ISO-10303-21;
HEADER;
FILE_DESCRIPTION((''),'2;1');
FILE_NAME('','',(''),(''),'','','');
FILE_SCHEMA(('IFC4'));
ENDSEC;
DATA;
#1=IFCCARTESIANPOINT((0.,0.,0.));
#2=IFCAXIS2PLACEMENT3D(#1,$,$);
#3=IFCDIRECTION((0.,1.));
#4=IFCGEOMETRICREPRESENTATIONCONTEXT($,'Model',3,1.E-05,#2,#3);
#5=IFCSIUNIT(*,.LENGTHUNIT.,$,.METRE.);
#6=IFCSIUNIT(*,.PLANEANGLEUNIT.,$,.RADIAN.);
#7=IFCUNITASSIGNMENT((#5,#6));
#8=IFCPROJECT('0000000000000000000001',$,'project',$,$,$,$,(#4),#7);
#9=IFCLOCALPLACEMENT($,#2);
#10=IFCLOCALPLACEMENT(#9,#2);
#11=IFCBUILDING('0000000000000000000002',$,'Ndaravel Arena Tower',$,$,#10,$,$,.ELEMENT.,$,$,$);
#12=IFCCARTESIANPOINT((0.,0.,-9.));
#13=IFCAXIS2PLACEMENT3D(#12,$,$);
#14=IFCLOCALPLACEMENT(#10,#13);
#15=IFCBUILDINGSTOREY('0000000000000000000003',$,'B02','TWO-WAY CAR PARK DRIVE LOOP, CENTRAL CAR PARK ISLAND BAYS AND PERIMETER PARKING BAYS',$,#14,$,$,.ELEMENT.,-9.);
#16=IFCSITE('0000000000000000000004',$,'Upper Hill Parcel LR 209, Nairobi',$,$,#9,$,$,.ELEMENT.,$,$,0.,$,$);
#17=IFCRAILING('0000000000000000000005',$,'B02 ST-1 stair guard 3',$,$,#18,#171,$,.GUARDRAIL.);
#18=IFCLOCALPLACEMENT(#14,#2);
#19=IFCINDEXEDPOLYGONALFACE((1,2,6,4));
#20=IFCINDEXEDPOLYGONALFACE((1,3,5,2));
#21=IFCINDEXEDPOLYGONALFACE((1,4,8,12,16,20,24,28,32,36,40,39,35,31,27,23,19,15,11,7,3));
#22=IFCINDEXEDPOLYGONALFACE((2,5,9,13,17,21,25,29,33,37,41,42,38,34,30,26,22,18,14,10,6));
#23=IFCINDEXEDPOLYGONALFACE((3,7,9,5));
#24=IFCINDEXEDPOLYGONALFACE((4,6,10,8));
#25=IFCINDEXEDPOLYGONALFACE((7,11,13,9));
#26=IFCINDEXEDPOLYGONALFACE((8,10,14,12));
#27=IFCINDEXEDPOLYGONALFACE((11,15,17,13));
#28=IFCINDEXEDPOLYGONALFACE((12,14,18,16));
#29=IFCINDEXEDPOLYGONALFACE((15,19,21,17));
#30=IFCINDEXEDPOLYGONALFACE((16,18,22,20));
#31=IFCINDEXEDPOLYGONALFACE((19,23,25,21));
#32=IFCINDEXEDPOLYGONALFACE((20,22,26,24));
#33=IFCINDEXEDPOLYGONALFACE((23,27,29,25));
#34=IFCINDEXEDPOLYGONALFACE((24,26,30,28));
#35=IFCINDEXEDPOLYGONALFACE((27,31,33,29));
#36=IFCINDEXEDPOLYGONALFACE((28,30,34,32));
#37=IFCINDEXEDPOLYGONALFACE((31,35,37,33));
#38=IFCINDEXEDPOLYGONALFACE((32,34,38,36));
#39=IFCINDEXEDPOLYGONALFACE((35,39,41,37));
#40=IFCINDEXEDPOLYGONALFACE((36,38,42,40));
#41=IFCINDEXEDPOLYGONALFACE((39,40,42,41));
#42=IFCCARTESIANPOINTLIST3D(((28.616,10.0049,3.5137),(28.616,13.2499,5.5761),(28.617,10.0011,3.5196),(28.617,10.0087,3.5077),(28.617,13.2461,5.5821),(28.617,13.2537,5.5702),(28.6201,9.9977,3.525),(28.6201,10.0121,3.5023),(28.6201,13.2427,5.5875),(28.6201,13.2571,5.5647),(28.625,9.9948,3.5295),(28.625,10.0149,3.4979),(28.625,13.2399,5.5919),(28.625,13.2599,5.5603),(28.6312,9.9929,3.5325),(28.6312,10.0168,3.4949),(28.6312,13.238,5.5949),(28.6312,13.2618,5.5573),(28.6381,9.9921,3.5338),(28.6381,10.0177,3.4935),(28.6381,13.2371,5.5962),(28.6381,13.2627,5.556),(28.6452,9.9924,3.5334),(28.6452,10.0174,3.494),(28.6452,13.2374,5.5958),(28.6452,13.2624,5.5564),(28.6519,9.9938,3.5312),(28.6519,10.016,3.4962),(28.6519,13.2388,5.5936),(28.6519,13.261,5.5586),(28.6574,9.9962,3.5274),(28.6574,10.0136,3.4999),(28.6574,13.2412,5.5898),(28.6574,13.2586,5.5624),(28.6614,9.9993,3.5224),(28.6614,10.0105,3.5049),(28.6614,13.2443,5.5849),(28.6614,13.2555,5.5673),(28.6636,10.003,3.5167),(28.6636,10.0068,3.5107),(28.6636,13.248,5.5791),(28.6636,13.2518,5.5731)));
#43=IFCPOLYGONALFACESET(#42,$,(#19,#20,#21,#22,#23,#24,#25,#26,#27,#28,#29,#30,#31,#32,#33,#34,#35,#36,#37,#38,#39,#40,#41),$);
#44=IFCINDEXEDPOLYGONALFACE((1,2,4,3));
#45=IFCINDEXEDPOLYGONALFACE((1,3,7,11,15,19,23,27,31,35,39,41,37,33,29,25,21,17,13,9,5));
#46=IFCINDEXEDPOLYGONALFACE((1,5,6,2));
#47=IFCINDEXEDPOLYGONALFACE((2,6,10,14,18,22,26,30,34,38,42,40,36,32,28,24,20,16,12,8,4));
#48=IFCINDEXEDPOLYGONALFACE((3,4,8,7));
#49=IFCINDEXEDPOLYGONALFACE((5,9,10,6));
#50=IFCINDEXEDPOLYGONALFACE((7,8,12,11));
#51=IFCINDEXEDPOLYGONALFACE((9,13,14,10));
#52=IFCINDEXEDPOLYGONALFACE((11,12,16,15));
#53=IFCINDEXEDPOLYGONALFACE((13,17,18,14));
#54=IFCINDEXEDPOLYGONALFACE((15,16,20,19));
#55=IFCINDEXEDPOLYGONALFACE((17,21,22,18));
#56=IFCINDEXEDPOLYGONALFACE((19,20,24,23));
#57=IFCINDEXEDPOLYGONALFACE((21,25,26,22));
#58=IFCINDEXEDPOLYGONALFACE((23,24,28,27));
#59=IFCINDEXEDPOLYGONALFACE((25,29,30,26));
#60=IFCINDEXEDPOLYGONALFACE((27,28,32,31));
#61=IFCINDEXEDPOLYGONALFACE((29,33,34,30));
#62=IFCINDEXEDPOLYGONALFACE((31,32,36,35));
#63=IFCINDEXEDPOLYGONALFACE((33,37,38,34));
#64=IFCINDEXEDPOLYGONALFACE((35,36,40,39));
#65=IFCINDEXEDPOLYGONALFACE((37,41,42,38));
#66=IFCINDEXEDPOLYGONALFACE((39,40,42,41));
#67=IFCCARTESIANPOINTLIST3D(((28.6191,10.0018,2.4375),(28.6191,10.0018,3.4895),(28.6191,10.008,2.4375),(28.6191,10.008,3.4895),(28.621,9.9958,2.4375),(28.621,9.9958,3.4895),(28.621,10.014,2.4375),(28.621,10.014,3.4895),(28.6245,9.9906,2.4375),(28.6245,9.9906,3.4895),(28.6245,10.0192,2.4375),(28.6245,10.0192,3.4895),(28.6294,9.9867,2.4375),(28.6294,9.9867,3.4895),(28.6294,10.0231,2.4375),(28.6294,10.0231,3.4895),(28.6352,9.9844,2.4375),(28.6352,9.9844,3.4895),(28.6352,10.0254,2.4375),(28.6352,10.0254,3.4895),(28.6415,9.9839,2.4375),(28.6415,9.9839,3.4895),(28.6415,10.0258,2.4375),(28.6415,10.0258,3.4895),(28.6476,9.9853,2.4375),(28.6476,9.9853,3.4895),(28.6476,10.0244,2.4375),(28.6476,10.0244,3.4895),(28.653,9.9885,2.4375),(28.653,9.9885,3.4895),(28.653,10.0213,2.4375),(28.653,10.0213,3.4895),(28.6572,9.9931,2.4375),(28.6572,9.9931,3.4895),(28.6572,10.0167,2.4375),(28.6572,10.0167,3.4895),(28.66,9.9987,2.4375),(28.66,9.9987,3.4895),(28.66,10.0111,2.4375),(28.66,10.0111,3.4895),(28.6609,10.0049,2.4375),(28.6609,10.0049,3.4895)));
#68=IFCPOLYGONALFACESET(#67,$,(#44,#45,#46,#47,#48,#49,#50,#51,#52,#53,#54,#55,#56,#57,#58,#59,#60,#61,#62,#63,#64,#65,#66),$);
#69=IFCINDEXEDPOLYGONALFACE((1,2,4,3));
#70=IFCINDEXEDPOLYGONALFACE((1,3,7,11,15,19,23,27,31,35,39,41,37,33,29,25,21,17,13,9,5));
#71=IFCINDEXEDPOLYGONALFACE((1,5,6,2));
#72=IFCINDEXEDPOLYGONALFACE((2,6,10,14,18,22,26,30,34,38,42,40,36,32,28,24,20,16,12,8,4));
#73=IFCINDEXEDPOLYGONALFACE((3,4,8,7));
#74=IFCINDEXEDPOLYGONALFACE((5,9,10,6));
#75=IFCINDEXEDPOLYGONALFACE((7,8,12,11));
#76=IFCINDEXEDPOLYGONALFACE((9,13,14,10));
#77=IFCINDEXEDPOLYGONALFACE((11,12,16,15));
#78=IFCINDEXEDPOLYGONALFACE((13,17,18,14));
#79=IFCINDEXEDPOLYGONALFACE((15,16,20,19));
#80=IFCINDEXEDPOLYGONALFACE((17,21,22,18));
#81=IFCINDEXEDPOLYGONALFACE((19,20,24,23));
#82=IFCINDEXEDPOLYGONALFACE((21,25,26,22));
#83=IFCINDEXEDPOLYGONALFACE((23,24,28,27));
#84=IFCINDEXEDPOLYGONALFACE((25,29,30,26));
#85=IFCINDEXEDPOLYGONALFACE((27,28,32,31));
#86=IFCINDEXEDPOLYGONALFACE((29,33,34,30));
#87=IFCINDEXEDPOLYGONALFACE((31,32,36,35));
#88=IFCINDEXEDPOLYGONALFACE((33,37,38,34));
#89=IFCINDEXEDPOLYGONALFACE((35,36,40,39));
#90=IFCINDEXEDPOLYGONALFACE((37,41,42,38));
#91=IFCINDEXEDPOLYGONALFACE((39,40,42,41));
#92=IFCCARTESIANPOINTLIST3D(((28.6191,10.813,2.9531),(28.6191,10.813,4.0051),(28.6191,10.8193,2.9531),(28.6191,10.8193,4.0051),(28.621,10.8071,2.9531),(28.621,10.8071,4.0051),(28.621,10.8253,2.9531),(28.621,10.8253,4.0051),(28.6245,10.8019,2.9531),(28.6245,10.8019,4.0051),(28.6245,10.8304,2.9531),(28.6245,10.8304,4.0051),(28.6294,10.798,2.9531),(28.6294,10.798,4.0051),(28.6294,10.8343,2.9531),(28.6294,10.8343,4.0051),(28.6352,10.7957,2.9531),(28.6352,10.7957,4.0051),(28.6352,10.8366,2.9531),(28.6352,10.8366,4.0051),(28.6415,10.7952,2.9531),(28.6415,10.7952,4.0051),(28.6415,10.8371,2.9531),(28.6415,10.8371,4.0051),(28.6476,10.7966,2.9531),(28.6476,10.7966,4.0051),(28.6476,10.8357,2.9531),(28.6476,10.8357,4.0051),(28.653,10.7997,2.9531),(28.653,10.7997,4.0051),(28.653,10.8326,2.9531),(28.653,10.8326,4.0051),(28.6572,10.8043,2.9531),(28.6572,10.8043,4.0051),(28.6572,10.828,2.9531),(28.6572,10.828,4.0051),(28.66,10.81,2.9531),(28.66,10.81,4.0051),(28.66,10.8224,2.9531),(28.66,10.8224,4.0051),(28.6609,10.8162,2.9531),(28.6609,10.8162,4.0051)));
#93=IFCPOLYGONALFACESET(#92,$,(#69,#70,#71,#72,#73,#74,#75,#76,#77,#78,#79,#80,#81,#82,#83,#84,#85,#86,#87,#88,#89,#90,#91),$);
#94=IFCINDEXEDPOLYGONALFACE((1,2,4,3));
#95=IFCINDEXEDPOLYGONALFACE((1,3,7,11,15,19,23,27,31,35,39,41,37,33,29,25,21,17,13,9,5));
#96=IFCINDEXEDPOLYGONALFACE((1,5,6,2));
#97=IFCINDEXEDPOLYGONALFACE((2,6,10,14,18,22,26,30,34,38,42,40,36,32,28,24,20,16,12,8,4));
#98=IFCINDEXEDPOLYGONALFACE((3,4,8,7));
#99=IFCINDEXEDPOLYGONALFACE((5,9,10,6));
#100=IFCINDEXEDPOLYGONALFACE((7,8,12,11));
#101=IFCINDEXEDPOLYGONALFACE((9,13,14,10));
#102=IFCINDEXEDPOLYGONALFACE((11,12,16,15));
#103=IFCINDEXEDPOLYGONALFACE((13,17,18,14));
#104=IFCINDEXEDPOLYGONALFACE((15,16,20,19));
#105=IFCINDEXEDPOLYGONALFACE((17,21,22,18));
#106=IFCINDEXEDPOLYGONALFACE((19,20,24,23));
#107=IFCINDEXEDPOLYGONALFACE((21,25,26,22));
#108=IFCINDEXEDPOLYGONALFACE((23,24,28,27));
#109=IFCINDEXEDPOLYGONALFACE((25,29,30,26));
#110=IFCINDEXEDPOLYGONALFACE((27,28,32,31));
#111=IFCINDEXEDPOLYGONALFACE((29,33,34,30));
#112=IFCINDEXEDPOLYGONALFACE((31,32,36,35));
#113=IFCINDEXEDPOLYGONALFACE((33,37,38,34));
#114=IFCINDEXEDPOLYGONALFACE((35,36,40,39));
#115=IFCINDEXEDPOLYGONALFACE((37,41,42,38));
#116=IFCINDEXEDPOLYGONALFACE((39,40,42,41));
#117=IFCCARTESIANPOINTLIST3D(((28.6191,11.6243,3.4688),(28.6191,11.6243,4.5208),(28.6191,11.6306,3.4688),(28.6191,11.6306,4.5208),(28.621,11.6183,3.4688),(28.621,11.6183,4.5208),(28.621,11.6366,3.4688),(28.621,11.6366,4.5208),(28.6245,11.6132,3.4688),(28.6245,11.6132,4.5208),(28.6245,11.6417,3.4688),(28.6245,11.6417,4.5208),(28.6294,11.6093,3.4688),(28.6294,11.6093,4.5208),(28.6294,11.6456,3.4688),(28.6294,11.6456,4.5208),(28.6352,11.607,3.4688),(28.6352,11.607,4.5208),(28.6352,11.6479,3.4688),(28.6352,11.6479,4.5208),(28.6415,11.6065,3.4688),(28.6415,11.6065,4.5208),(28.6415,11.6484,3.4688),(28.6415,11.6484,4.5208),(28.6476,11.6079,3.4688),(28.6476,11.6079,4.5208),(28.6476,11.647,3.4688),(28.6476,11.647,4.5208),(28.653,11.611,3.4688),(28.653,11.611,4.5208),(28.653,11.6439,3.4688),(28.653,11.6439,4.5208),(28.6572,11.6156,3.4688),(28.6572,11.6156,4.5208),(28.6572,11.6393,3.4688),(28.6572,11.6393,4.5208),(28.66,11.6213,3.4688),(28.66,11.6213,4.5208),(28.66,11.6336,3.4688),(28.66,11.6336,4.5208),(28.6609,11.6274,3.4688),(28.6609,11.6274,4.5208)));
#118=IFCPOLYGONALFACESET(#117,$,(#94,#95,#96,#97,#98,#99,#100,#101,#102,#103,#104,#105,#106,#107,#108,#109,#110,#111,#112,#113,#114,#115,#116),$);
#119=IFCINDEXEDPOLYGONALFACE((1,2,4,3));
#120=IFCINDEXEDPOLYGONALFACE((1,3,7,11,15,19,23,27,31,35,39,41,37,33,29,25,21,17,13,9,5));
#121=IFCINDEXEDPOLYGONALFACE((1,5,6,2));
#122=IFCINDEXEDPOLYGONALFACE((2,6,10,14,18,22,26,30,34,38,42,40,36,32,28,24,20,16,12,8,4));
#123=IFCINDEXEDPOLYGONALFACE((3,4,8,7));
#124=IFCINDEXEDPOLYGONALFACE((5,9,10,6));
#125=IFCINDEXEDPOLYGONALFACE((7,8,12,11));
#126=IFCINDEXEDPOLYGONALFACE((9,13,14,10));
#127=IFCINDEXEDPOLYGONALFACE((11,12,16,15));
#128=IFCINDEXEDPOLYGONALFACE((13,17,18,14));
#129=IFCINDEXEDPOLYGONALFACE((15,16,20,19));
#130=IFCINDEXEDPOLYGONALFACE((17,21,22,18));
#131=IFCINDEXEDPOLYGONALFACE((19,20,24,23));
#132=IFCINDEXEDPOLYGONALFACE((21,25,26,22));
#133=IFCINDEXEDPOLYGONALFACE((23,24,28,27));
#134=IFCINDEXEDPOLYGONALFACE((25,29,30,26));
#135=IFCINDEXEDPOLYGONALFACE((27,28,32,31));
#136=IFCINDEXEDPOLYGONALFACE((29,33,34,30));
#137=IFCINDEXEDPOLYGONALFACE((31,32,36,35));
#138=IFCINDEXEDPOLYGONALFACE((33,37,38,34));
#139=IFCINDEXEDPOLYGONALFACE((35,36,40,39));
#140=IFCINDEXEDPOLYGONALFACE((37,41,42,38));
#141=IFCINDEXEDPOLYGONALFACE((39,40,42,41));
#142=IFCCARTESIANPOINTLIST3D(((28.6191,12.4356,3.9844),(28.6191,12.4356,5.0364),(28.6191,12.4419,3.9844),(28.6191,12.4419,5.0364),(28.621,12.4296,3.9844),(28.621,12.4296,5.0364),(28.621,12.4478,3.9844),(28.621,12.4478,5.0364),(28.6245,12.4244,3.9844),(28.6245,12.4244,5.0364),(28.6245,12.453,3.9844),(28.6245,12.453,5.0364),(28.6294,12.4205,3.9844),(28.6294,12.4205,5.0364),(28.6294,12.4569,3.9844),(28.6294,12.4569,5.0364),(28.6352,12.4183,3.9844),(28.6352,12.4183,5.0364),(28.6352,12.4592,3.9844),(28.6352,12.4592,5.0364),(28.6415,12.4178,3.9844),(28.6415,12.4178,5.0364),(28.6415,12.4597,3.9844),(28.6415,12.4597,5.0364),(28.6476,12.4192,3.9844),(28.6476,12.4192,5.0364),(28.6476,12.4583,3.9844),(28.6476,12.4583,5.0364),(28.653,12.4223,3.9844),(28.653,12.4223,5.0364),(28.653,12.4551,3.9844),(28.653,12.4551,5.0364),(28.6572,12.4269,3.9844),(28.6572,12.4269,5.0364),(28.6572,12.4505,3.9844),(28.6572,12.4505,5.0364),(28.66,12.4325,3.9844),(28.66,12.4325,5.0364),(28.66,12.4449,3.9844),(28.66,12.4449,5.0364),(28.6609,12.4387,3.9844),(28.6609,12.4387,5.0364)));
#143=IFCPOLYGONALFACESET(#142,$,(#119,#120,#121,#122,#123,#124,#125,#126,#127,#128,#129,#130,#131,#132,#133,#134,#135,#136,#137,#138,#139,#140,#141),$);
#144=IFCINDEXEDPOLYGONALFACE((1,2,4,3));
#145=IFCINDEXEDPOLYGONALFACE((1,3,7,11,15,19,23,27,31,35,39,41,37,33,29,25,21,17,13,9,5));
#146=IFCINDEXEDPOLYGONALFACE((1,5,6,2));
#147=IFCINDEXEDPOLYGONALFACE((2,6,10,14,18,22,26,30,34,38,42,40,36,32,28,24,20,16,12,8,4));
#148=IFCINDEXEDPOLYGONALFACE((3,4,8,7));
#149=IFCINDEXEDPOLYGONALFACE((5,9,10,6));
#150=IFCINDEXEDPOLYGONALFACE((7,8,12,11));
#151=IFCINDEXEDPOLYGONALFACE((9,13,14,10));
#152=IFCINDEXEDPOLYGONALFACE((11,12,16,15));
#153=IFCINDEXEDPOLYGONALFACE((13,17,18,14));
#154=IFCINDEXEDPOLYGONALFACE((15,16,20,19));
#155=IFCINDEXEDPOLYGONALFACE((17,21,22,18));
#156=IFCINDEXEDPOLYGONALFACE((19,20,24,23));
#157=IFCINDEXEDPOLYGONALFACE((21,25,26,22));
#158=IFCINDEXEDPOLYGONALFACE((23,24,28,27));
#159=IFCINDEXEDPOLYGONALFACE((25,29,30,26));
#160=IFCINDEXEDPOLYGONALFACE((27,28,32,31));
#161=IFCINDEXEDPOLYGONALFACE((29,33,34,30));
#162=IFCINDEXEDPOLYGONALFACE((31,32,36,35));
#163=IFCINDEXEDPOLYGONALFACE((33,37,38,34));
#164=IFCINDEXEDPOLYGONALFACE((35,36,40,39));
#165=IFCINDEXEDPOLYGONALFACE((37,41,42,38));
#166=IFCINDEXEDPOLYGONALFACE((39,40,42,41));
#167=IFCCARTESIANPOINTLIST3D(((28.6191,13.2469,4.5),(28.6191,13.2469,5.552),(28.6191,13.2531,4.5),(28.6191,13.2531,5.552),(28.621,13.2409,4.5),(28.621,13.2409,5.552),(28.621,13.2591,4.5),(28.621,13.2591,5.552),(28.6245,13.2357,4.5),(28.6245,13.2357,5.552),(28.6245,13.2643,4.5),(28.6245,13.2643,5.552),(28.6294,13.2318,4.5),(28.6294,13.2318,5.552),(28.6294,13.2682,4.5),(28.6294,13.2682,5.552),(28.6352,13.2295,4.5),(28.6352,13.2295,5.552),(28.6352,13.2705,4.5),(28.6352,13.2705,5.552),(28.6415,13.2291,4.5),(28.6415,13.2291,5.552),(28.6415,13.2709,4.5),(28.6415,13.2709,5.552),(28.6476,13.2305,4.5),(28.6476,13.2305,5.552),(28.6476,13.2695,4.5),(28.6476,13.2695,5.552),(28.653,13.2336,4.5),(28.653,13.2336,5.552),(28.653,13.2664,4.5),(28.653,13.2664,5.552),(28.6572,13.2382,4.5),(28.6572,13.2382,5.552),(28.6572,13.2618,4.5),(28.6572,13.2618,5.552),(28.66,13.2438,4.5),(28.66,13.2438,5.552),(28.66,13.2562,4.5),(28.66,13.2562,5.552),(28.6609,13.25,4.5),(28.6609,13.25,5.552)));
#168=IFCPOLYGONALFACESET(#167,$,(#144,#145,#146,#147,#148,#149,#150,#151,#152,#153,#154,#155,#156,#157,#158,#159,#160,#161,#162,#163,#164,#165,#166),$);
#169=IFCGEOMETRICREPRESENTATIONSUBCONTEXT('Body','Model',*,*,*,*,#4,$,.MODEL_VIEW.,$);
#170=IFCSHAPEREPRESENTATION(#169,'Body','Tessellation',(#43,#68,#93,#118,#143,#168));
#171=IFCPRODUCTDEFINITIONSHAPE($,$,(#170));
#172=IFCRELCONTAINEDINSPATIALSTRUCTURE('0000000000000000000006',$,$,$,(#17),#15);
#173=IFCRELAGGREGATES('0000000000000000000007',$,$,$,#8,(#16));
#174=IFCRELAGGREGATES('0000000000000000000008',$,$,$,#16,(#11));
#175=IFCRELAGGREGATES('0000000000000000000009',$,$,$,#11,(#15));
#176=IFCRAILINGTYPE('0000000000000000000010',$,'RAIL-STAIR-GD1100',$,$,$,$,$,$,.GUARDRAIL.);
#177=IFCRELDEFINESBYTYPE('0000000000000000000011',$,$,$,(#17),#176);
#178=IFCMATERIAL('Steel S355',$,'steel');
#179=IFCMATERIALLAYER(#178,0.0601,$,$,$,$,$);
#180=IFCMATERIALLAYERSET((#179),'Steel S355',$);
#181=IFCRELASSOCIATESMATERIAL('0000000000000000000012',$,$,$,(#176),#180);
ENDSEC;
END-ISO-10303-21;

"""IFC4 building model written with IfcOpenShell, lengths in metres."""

from ifc_helpers import new_model, si_unit, direction, frame, origin, origin_2d, place, context, subcontext, project, spatial, circle, extrude, material, layer, layer_set, type_object, element, save


model = new_model("IFC4")

# Units and contexts
model_context = context("Model", 3, precision=1e-05, world=origin(), true_north=direction((0.0, 1.0)))
body_context = subcontext(model_context, "Body", "Model", "MODEL_VIEW")
ifc_project = project(units=[si_unit("LENGTHUNIT", "METRE"), si_unit("PLANEANGLEUNIT", "RADIAN")], contexts=[model_context])

# Site, building, storey
site_placement = place(None, origin())
site = spatial("IfcSite", under=ifc_project, at=site_placement, Name="Upper Hill Parcel LR 209, Nairobi", CompositionType="ELEMENT", RefElevation=0.0)
building_placement = place(site_placement, origin())
building = spatial("IfcBuilding", under=site, at=building_placement, Name="Ndaravel Arena Tower", CompositionType="ELEMENT")
storey_placement = place(building_placement, frame((0.0, 0.0, -9.0)))
storey = spatial("IfcBuildingStorey", under=building, at=storey_placement, Name="B02", Description="TWO-WAY CAR PARK DRIVE LOOP, CENTRAL CAR PARK ISLAND BAYS AND PERIMETER PARKING BAYS", CompositionType="ELEMENT", Elevation=-9.0)

# Railing
ifc_material_1 = material(Name="Steel S355", Category="steel")
ifc_layer_1 = layer(ifc_material_1, 0.0601)
ifc_layer_set_1 = layer_set([ifc_layer_1], Name="Steel S355")
railing_type_1 = type_object("IfcRailingType", Name="RAIL-STAIR-GD1100", PredefinedType="GUARDRAIL", material=ifc_layer_set_1)
railing_1_placement = place(storey_placement, frame((28.6399, 10.0049, 2.4375)))
element("IfcRailing", 1, at=railing_1_placement, inside=storey, type_object=railing_type_1, Name="B02 ST-1 stair guard 3", PredefinedType="GUARDRAIL", context=body_context, shape_type="SweptSolid", body=[
    extrude(circle(Radius=0.0239, at=origin_2d()), frame((0.0, 0.0, 1.0762), z_axis=(0.0, 0.843965, 0.536399), x_axis=(-1.0, 0.0, 0.0)), (0.0, 0.0, 1.0), 3.845),
    extrude(circle(Radius=0.021, at=origin_2d()), origin(), (0.0, 0.0, 1.0), 1.052),
    extrude(circle(Radius=0.021, at=origin_2d()), frame((0.0, 0.8113, 0.5156)), (0.0, 0.0, 1.0), 1.052),
    extrude(circle(Radius=0.021, at=origin_2d()), frame((0.0, 1.6226, 1.0312)), (0.0, 0.0, 1.0), 1.052),
    extrude(circle(Radius=0.021, at=origin_2d()), frame((0.0, 2.4338, 1.5469)), (0.0, 0.0, 1.0), 1.052),
    extrude(circle(Radius=0.021, at=origin_2d()), frame((0.0, 3.2451, 2.0625)), (0.0, 0.0, 1.0), 1.052),
])

save(model, "model.ifc")
